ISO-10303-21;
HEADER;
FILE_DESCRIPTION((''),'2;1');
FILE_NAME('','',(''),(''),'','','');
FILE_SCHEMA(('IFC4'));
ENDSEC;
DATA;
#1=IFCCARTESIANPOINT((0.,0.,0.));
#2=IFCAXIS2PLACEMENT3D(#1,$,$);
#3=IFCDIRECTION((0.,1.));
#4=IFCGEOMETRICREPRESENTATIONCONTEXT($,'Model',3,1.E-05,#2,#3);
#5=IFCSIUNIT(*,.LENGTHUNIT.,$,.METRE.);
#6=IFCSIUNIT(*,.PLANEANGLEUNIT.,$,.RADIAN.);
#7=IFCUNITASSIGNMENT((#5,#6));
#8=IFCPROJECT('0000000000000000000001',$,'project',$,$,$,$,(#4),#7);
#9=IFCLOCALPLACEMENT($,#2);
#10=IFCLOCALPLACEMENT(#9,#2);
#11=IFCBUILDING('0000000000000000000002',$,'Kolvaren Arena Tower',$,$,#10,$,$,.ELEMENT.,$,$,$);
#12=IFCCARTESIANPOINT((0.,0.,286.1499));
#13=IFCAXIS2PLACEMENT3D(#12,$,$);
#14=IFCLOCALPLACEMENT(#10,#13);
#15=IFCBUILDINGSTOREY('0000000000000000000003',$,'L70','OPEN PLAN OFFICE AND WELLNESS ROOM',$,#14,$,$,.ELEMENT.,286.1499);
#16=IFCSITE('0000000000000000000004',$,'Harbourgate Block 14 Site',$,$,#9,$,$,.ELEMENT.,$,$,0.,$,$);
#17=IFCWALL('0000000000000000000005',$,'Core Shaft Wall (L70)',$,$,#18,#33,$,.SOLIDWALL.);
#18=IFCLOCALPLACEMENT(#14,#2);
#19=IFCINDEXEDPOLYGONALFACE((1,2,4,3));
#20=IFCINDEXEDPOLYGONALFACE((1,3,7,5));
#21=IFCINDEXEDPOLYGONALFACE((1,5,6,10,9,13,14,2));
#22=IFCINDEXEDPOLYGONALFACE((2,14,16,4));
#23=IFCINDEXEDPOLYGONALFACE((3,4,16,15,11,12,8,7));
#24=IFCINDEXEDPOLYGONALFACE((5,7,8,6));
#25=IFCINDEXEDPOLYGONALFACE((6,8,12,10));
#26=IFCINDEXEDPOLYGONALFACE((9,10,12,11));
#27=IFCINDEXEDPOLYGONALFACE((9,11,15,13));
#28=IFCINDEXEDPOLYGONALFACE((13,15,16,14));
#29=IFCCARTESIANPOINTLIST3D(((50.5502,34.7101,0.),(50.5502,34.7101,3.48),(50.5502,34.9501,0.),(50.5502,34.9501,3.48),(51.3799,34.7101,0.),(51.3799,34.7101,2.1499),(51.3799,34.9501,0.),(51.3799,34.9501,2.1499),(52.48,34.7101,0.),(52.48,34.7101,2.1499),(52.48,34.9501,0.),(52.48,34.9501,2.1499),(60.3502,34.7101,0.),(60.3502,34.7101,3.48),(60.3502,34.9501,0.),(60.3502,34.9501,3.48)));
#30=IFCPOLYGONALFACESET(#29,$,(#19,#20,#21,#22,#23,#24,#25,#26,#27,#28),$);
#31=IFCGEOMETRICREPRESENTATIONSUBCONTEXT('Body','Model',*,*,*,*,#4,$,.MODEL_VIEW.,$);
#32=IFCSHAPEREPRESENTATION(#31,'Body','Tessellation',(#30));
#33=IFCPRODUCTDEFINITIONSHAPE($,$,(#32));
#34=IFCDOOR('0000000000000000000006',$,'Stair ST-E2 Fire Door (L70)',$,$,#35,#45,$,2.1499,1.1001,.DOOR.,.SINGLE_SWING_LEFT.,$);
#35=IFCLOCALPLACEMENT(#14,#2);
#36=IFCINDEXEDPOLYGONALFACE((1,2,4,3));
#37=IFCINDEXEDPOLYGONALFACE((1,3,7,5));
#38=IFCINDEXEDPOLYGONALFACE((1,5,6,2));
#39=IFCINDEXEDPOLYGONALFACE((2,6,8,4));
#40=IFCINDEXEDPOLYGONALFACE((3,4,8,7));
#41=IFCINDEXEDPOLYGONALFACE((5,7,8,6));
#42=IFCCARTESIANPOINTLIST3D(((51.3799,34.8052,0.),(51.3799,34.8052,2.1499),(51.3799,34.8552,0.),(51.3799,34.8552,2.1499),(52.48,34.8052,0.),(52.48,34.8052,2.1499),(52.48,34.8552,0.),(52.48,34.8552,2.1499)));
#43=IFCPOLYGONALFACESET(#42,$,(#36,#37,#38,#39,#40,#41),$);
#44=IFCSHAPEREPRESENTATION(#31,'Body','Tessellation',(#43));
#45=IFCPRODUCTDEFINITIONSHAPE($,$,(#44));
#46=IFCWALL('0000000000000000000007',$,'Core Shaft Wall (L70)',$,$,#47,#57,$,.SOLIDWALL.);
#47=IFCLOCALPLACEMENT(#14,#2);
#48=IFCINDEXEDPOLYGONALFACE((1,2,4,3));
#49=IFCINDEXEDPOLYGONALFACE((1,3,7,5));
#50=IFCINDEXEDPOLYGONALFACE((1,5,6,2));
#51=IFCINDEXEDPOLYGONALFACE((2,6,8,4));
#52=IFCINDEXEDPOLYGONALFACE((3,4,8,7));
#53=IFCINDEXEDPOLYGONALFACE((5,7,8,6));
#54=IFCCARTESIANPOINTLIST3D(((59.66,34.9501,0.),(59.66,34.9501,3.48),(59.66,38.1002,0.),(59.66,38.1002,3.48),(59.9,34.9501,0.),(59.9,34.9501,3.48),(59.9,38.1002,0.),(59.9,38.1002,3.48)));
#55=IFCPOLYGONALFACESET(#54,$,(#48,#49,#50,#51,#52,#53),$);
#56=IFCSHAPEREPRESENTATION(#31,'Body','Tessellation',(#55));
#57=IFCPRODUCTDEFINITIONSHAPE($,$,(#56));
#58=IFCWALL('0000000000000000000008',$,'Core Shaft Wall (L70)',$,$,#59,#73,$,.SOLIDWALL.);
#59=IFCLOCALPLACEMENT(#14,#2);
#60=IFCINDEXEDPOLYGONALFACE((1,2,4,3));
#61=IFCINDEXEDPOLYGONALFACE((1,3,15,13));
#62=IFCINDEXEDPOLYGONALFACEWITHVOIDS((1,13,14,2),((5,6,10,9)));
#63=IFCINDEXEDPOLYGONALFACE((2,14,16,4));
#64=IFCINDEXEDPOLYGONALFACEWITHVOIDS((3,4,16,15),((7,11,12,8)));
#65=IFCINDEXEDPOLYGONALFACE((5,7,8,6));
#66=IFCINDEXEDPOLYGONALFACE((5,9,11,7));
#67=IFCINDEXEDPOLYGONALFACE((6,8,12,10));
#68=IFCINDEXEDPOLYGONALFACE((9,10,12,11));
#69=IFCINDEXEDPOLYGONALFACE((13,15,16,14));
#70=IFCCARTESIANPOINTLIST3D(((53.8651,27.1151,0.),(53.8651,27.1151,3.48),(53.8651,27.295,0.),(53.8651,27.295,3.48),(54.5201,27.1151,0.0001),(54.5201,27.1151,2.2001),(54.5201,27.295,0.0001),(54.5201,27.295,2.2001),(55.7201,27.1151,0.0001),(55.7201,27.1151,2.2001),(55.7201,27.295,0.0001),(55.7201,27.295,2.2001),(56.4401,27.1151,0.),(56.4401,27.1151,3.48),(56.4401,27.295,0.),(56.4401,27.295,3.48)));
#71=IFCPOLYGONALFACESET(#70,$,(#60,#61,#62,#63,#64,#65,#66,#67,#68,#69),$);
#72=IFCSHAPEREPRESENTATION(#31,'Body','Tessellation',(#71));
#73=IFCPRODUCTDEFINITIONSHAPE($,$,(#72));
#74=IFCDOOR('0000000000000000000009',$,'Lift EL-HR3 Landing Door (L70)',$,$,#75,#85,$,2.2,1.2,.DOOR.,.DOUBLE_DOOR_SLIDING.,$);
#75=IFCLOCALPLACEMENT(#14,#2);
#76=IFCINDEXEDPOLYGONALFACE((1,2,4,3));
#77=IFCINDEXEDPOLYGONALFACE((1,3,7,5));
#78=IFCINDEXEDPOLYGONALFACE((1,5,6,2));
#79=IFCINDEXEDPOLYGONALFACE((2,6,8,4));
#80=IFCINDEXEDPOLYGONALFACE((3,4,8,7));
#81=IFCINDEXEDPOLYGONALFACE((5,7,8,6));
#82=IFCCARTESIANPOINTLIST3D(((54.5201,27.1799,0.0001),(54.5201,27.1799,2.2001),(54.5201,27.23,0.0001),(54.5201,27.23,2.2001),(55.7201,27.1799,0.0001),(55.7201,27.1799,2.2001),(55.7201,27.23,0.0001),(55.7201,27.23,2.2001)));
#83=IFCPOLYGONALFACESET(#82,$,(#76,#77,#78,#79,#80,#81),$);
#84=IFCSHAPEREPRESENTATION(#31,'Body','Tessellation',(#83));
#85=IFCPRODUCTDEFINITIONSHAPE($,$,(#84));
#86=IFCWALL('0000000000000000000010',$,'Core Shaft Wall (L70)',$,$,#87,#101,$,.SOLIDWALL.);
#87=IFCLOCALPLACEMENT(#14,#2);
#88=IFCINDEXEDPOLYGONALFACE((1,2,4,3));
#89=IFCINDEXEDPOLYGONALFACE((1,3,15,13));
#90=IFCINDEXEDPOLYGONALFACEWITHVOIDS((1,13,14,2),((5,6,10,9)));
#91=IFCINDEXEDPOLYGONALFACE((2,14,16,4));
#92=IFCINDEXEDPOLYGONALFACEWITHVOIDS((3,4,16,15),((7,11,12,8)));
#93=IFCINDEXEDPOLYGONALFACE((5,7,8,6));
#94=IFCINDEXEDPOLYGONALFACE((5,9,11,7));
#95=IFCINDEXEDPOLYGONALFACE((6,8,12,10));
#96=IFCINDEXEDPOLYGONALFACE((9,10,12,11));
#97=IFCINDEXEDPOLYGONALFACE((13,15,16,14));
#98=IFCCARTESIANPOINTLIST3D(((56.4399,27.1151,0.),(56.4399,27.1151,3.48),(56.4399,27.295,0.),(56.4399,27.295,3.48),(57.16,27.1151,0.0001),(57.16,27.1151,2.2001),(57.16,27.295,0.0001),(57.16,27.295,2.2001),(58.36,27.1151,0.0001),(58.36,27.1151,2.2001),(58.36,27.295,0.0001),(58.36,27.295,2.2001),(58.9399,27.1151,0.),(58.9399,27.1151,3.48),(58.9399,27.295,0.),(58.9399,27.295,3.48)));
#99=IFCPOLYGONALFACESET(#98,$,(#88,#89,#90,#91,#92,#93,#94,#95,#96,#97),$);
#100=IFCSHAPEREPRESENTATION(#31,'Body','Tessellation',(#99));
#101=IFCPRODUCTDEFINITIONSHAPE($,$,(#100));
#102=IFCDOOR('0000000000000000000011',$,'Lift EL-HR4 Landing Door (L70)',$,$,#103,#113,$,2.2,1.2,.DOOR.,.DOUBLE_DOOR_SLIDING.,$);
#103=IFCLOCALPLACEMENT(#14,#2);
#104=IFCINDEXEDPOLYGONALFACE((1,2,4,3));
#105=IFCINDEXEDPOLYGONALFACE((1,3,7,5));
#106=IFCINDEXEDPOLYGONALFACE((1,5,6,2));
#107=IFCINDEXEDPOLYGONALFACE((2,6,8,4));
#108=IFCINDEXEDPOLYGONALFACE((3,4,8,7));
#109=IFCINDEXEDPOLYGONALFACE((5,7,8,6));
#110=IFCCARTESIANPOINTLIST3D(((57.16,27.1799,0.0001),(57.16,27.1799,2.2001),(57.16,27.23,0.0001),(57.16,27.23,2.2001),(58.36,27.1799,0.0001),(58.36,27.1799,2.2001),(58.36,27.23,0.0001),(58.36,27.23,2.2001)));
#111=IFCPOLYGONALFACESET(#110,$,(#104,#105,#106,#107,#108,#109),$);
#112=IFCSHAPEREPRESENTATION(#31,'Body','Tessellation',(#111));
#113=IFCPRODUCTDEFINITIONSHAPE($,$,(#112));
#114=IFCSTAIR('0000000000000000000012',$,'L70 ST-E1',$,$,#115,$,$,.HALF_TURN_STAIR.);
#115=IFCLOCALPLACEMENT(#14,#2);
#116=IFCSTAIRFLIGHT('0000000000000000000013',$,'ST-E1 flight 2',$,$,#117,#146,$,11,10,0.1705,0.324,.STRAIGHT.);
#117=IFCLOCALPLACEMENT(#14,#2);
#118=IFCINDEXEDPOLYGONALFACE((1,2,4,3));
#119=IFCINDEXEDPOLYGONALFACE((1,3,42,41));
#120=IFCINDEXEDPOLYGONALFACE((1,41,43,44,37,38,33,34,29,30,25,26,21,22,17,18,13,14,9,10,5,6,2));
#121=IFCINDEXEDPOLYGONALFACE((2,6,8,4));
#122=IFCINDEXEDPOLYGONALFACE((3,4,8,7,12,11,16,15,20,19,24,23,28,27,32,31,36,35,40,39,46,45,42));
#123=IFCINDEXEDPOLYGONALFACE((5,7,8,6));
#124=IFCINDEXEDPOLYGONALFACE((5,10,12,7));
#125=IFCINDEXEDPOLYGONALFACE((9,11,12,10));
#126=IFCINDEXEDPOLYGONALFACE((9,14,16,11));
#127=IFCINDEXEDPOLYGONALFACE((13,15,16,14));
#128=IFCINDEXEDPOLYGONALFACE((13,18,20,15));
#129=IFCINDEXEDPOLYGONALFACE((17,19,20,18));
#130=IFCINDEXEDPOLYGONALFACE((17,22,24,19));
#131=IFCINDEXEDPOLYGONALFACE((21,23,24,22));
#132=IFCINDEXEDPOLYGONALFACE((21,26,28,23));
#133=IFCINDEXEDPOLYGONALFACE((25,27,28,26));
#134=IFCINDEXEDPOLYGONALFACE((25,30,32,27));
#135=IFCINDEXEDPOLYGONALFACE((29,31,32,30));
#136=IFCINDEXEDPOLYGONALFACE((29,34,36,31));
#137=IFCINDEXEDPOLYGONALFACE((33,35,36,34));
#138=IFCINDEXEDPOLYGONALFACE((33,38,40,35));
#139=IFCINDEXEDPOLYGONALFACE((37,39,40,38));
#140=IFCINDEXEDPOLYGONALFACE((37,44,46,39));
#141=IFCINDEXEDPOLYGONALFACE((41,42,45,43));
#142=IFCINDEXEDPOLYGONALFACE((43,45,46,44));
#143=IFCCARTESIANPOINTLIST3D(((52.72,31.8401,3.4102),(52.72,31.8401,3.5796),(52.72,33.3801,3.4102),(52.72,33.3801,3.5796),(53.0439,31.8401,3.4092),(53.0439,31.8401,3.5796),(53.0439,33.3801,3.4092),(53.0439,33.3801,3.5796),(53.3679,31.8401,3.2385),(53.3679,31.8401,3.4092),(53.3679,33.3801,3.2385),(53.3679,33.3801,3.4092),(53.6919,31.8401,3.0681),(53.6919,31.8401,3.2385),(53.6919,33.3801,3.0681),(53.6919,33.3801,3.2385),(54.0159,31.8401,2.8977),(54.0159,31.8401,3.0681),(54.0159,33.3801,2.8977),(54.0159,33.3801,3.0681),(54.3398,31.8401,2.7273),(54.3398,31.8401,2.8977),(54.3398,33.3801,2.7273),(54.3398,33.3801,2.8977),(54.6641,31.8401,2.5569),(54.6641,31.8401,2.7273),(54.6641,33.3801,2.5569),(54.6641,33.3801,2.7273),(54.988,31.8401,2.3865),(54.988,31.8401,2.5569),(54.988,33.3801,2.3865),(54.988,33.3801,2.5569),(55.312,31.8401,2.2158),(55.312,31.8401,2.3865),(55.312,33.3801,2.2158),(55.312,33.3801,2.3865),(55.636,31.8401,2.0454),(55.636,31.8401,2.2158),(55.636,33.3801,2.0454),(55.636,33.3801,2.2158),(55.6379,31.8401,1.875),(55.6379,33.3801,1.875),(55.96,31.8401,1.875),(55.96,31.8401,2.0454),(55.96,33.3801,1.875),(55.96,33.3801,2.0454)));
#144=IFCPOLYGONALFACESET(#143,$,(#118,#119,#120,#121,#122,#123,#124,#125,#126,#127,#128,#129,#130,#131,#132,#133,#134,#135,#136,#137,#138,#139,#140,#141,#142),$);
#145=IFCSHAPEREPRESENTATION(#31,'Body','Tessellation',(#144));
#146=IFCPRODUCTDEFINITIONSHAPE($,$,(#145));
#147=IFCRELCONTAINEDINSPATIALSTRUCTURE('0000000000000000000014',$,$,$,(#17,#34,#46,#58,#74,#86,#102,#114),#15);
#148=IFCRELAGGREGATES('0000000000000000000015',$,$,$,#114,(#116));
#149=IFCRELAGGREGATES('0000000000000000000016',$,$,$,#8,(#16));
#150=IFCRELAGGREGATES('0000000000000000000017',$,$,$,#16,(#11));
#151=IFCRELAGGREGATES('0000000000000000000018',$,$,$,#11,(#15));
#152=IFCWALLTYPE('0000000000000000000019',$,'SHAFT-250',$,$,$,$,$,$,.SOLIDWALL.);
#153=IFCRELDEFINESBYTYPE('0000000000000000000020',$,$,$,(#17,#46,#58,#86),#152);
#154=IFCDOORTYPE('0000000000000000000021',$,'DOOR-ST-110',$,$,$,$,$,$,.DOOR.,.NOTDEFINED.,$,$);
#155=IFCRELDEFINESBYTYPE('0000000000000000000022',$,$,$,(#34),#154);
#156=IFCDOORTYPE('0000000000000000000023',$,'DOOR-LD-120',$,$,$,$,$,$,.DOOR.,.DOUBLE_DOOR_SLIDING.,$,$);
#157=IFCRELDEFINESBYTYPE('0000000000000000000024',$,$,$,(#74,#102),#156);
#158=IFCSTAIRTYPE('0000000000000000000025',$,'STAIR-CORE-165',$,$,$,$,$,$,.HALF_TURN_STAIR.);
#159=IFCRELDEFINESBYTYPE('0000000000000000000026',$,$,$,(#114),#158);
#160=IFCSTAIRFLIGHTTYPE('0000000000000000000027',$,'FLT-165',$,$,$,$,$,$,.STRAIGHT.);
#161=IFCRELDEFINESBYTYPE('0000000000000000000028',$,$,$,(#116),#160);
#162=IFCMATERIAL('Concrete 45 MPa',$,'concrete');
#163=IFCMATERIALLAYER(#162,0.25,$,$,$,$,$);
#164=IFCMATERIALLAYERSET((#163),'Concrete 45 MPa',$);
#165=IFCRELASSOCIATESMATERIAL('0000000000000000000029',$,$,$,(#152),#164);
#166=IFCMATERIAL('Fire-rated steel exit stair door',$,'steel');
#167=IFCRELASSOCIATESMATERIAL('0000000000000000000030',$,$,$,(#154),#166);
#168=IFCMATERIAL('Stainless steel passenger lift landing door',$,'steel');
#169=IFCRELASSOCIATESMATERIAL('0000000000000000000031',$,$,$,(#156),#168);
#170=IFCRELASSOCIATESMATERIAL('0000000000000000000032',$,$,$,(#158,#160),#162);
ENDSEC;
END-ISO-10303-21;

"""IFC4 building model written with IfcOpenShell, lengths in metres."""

from ifc_helpers import new_model, si_unit, direction, frame, frame_2d, origin, place, context, subcontext, project, spatial, polyline, rectangle, outline, extrude, material, layer, layer_set, type_object, element, fill, aggregate, save


model = new_model("IFC4")

# Units and contexts
model_context = context("Model", 3, precision=1e-05, world=origin(), true_north=direction((0.0, 1.0)))
body_context = subcontext(model_context, "Body", "Model", "MODEL_VIEW")
ifc_project = project(units=[si_unit("LENGTHUNIT", "METRE"), si_unit("PLANEANGLEUNIT", "RADIAN")], contexts=[model_context])

# Site, building, storey
site_placement = place(None, origin())
site = spatial("IfcSite", under=ifc_project, at=site_placement, Name="Harbourgate Block 14 Site", CompositionType="ELEMENT", RefElevation=0.0)
building_placement = place(site_placement, origin())
building = spatial("IfcBuilding", under=site, at=building_placement, Name="Kolvaren Arena Tower", CompositionType="ELEMENT")
storey_placement = place(building_placement, frame((0.0, 0.0, 286.1499)))
storey = spatial("IfcBuildingStorey", under=building, at=storey_placement, Name="L70", Description="OPEN PLAN OFFICE AND WELLNESS ROOM", CompositionType="ELEMENT", Elevation=286.1499)

# Shared definitions
ifc_material_1 = material(Name="Concrete 45 MPa", Category="concrete")
ifc_layer = layer(ifc_material_1, 0.25)
ifc_layer_set = layer_set([ifc_layer], Name="Concrete 45 MPa")
wall_type = type_object("IfcWallType", Name="SHAFT-250", PredefinedType="SOLIDWALL", material=ifc_layer_set)
ifc_material_2 = material(Name="Fire-rated steel exit stair door", Category="steel")
door_type_1 = type_object("IfcDoorType", Name="DOOR-ST-110", OperationType="NOTDEFINED", PredefinedType="DOOR", material=ifc_material_2)

# Wall, opening, door
wall_1_placement = place(storey_placement, frame((60.3501, 34.8301, 0.0), z_axis=(0.0, 0.0, 1.0), x_axis=(-1.0, 0.0, 0.0)))
wall_1 = element("IfcWall", 1, at=wall_1_placement, inside=storey, type_object=wall_type, Name="Core Shaft Wall (L70)", PredefinedType="SOLIDWALL", context=body_context, shape_type="SweptSolid", body=[
    extrude(rectangle(XDim=9.8, YDim=0.24, at=frame_2d((4.8999, 0.0))), origin(), (0.0, 0.0, 1.0), 3.48),
])
opening_1_placement = place(wall_1_placement, frame((7.8701, 0.0, 0.0)))
opening_1 = element("IfcOpeningElement", 2, at=opening_1_placement, cuts=wall_1, PredefinedType="OPENING", context=body_context, shape_type="SweptSolid", body=[
    extrude(rectangle(XDim=1.1001, YDim=2.1499, at=frame_2d((0.55, 1.075))), frame((0.0, 0.1299, 0.0), z_axis=(0.0, -1.0, 0.0), x_axis=(1.0, 0.0, 0.0)), (0.0, 0.0, 1.0), 0.26),
])
door_1_placement = place(opening_1_placement, origin())
door_1 = element("IfcDoor", 3, at=door_1_placement, inside=storey, type_object=door_type_1, Name="Stair ST-E2 Fire Door (L70)", OperationType="SINGLE_SWING_LEFT", OverallHeight=2.1499, OverallWidth=1.1001, PredefinedType="DOOR", context=body_context, shape_type="SweptSolid", body=[
    extrude(rectangle(XDim=1.1001, YDim=2.1499, at=frame_2d((0.55, 1.075))), frame((0.0, 0.0249, 0.0), z_axis=(0.0, -1.0, 0.0), x_axis=(1.0, 0.0, 0.0)), (0.0, 0.0, 1.0), 0.05),
])
fill(opening_1, door_1)

# Wall
wall_2_placement = place(storey_placement, frame((59.78, 34.95, 0.0), z_axis=(0.0, 0.0, 1.0), x_axis=(0.0, 1.0, 0.0)))
element("IfcWall", 4, at=wall_2_placement, inside=storey, type_object=wall_type, Name="Core Shaft Wall (L70)", PredefinedType="SOLIDWALL", context=body_context, shape_type="SweptSolid", body=[
    extrude(rectangle(XDim=3.1501, YDim=0.24, at=frame_2d((1.5752, 0.0))), origin(), (0.0, 0.0, 1.0), 3.48),
])

# Walls, openings, doors
wall_3_placement = place(storey_placement, frame((53.865, 27.2051, 0.0), z_axis=(0.0, 0.0, 1.0), x_axis=(1.0, 0.0, 0.0)))
wall_3 = element("IfcWall", 5, at=wall_3_placement, inside=storey, type_object=wall_type, Name="Core Shaft Wall (L70)", PredefinedType="SOLIDWALL", context=body_context, shape_type="SweptSolid", body=[
    extrude(rectangle(XDim=2.575, YDim=0.1799, at=frame_2d((1.2876, 0.0))), origin(), (0.0, 0.0, 1.0), 3.48),
])
opening_2_placement = place(wall_3_placement, frame((0.655, 0.0, 0.0)))
opening_2 = element("IfcOpeningElement", 6, at=opening_2_placement, cuts=wall_3, PredefinedType="OPENING", context=body_context, shape_type="SweptSolid", body=[
    extrude(rectangle(XDim=1.2, YDim=2.2, at=frame_2d((0.6001, 1.1001))), frame((0.0, 0.0999, 0.0), z_axis=(0.0, -1.0, 0.0), x_axis=(1.0, 0.0, 0.0)), (0.0, 0.0, 1.0), 0.2),
])
ifc_material_3 = material(Name="Stainless steel passenger lift landing door", Category="steel")
door_type_2 = type_object("IfcDoorType", Name="DOOR-LD-120", OperationType="DOUBLE_DOOR_SLIDING", PredefinedType="DOOR", material=ifc_material_3)
door_2_placement = place(opening_2_placement, origin())
door_2 = element("IfcDoor", 7, at=door_2_placement, inside=storey, type_object=door_type_2, Name="Lift EL-HR3 Landing Door (L70)", OperationType="DOUBLE_DOOR_SLIDING", OverallHeight=2.2, OverallWidth=1.2, PredefinedType="DOOR", context=body_context, shape_type="SweptSolid", body=[
    extrude(rectangle(XDim=1.2, YDim=2.2, at=frame_2d((0.6001, 1.1001))), frame((0.0, 0.0249, 0.0), z_axis=(0.0, -1.0, 0.0), x_axis=(1.0, 0.0, 0.0)), (0.0, 0.0, 1.0), 0.05),
])
fill(opening_2, door_2)
wall_4_placement = place(storey_placement, frame((56.4399, 27.2051, 0.0), z_axis=(0.0, 0.0, 1.0), x_axis=(1.0, 0.0, 0.0)))
wall_4 = element("IfcWall", 8, at=wall_4_placement, inside=storey, type_object=wall_type, Name="Core Shaft Wall (L70)", PredefinedType="SOLIDWALL", context=body_context, shape_type="SweptSolid", body=[
    extrude(rectangle(XDim=2.5, YDim=0.1799, at=frame_2d((1.25, 0.0))), origin(), (0.0, 0.0, 1.0), 3.48),
])
opening_3_placement = place(wall_4_placement, frame((0.72, 0.0, 0.0)))
opening_3 = element("IfcOpeningElement", 9, at=opening_3_placement, cuts=wall_4, PredefinedType="OPENING", context=body_context, shape_type="SweptSolid", body=[
    extrude(rectangle(XDim=1.2, YDim=2.2, at=frame_2d((0.6001, 1.1001))), frame((0.0, 0.0999, 0.0), z_axis=(0.0, -1.0, 0.0), x_axis=(1.0, 0.0, 0.0)), (0.0, 0.0, 1.0), 0.2),
])
door_3_placement = place(opening_3_placement, origin())
door_3 = element("IfcDoor", 10, at=door_3_placement, inside=storey, type_object=door_type_2, Name="Lift EL-HR4 Landing Door (L70)", OperationType="DOUBLE_DOOR_SLIDING", OverallHeight=2.2, OverallWidth=1.2, PredefinedType="DOOR", context=body_context, shape_type="SweptSolid", body=[
    extrude(rectangle(XDim=1.2, YDim=2.2, at=frame_2d((0.6001, 1.1001))), frame((0.0, 0.0249, 0.0), z_axis=(0.0, -1.0, 0.0), x_axis=(1.0, 0.0, 0.0)), (0.0, 0.0, 1.0), 0.05),
])
fill(opening_3, door_3)

# Stair, stair flight
stair_type = type_object("IfcStairType", Name="STAIR-CORE-165", PredefinedType="HALF_TURN_STAIR", material=ifc_material_1)
stair_placement = place(storey_placement, origin())
stair = element("IfcStair", 11, at=stair_placement, inside=storey, type_object=stair_type, Name="L70 ST-E1", PredefinedType="HALF_TURN_STAIR")
stair_flight_type = type_object("IfcStairFlightType", Name="FLT-165", PredefinedType="STRAIGHT", material=ifc_material_1)
stair_flight_placement = place(storey_placement, frame((55.96, 32.6101, 1.875), z_axis=(0.0, 0.0, 1.0), x_axis=(-1.0, 0.0, 0.0)))
stair_flight = element("IfcStairFlight", 12, at=stair_flight_placement, type_object=stair_flight_type, Name="ST-E1 flight 2", NumberOfRisers=11, NumberOfTreads=10, PredefinedType="STRAIGHT", RiserHeight=0.1705, TreadLength=0.324, context=body_context, shape_type="SweptSolid", body=[
    extrude(outline(polyline([(0.0, 0.0), (0.0, 0.1704), (0.324, 0.1704), (0.324, 0.3408), (0.6479, 0.3408), (0.6479, 0.5115), (0.9719, 0.5115), (0.9719, 0.6819), (1.2959, 0.6819), (1.2959, 0.8523), (1.6201, 0.8523), (1.6201, 1.0227), (1.9441, 1.0227), (1.9441, 1.1931), (2.2681, 1.1931), (2.2681, 1.3635), (2.592, 1.3635), (2.592, 1.5342), (2.916, 1.5342), (2.916, 1.7046), (3.24, 1.7046), (3.24, 1.875), (3.24, 1.5352), (0.322, 0.0), (0.0, 0.0)])), frame((0.0, 0.77, 0.0), z_axis=(0.0, -1.0, 0.0), x_axis=(1.0, 0.0, 0.0)), (0.0, 0.0, 1.0), 1.54),
])
aggregate(stair, [stair_flight])

save(model, "model.ifc")
